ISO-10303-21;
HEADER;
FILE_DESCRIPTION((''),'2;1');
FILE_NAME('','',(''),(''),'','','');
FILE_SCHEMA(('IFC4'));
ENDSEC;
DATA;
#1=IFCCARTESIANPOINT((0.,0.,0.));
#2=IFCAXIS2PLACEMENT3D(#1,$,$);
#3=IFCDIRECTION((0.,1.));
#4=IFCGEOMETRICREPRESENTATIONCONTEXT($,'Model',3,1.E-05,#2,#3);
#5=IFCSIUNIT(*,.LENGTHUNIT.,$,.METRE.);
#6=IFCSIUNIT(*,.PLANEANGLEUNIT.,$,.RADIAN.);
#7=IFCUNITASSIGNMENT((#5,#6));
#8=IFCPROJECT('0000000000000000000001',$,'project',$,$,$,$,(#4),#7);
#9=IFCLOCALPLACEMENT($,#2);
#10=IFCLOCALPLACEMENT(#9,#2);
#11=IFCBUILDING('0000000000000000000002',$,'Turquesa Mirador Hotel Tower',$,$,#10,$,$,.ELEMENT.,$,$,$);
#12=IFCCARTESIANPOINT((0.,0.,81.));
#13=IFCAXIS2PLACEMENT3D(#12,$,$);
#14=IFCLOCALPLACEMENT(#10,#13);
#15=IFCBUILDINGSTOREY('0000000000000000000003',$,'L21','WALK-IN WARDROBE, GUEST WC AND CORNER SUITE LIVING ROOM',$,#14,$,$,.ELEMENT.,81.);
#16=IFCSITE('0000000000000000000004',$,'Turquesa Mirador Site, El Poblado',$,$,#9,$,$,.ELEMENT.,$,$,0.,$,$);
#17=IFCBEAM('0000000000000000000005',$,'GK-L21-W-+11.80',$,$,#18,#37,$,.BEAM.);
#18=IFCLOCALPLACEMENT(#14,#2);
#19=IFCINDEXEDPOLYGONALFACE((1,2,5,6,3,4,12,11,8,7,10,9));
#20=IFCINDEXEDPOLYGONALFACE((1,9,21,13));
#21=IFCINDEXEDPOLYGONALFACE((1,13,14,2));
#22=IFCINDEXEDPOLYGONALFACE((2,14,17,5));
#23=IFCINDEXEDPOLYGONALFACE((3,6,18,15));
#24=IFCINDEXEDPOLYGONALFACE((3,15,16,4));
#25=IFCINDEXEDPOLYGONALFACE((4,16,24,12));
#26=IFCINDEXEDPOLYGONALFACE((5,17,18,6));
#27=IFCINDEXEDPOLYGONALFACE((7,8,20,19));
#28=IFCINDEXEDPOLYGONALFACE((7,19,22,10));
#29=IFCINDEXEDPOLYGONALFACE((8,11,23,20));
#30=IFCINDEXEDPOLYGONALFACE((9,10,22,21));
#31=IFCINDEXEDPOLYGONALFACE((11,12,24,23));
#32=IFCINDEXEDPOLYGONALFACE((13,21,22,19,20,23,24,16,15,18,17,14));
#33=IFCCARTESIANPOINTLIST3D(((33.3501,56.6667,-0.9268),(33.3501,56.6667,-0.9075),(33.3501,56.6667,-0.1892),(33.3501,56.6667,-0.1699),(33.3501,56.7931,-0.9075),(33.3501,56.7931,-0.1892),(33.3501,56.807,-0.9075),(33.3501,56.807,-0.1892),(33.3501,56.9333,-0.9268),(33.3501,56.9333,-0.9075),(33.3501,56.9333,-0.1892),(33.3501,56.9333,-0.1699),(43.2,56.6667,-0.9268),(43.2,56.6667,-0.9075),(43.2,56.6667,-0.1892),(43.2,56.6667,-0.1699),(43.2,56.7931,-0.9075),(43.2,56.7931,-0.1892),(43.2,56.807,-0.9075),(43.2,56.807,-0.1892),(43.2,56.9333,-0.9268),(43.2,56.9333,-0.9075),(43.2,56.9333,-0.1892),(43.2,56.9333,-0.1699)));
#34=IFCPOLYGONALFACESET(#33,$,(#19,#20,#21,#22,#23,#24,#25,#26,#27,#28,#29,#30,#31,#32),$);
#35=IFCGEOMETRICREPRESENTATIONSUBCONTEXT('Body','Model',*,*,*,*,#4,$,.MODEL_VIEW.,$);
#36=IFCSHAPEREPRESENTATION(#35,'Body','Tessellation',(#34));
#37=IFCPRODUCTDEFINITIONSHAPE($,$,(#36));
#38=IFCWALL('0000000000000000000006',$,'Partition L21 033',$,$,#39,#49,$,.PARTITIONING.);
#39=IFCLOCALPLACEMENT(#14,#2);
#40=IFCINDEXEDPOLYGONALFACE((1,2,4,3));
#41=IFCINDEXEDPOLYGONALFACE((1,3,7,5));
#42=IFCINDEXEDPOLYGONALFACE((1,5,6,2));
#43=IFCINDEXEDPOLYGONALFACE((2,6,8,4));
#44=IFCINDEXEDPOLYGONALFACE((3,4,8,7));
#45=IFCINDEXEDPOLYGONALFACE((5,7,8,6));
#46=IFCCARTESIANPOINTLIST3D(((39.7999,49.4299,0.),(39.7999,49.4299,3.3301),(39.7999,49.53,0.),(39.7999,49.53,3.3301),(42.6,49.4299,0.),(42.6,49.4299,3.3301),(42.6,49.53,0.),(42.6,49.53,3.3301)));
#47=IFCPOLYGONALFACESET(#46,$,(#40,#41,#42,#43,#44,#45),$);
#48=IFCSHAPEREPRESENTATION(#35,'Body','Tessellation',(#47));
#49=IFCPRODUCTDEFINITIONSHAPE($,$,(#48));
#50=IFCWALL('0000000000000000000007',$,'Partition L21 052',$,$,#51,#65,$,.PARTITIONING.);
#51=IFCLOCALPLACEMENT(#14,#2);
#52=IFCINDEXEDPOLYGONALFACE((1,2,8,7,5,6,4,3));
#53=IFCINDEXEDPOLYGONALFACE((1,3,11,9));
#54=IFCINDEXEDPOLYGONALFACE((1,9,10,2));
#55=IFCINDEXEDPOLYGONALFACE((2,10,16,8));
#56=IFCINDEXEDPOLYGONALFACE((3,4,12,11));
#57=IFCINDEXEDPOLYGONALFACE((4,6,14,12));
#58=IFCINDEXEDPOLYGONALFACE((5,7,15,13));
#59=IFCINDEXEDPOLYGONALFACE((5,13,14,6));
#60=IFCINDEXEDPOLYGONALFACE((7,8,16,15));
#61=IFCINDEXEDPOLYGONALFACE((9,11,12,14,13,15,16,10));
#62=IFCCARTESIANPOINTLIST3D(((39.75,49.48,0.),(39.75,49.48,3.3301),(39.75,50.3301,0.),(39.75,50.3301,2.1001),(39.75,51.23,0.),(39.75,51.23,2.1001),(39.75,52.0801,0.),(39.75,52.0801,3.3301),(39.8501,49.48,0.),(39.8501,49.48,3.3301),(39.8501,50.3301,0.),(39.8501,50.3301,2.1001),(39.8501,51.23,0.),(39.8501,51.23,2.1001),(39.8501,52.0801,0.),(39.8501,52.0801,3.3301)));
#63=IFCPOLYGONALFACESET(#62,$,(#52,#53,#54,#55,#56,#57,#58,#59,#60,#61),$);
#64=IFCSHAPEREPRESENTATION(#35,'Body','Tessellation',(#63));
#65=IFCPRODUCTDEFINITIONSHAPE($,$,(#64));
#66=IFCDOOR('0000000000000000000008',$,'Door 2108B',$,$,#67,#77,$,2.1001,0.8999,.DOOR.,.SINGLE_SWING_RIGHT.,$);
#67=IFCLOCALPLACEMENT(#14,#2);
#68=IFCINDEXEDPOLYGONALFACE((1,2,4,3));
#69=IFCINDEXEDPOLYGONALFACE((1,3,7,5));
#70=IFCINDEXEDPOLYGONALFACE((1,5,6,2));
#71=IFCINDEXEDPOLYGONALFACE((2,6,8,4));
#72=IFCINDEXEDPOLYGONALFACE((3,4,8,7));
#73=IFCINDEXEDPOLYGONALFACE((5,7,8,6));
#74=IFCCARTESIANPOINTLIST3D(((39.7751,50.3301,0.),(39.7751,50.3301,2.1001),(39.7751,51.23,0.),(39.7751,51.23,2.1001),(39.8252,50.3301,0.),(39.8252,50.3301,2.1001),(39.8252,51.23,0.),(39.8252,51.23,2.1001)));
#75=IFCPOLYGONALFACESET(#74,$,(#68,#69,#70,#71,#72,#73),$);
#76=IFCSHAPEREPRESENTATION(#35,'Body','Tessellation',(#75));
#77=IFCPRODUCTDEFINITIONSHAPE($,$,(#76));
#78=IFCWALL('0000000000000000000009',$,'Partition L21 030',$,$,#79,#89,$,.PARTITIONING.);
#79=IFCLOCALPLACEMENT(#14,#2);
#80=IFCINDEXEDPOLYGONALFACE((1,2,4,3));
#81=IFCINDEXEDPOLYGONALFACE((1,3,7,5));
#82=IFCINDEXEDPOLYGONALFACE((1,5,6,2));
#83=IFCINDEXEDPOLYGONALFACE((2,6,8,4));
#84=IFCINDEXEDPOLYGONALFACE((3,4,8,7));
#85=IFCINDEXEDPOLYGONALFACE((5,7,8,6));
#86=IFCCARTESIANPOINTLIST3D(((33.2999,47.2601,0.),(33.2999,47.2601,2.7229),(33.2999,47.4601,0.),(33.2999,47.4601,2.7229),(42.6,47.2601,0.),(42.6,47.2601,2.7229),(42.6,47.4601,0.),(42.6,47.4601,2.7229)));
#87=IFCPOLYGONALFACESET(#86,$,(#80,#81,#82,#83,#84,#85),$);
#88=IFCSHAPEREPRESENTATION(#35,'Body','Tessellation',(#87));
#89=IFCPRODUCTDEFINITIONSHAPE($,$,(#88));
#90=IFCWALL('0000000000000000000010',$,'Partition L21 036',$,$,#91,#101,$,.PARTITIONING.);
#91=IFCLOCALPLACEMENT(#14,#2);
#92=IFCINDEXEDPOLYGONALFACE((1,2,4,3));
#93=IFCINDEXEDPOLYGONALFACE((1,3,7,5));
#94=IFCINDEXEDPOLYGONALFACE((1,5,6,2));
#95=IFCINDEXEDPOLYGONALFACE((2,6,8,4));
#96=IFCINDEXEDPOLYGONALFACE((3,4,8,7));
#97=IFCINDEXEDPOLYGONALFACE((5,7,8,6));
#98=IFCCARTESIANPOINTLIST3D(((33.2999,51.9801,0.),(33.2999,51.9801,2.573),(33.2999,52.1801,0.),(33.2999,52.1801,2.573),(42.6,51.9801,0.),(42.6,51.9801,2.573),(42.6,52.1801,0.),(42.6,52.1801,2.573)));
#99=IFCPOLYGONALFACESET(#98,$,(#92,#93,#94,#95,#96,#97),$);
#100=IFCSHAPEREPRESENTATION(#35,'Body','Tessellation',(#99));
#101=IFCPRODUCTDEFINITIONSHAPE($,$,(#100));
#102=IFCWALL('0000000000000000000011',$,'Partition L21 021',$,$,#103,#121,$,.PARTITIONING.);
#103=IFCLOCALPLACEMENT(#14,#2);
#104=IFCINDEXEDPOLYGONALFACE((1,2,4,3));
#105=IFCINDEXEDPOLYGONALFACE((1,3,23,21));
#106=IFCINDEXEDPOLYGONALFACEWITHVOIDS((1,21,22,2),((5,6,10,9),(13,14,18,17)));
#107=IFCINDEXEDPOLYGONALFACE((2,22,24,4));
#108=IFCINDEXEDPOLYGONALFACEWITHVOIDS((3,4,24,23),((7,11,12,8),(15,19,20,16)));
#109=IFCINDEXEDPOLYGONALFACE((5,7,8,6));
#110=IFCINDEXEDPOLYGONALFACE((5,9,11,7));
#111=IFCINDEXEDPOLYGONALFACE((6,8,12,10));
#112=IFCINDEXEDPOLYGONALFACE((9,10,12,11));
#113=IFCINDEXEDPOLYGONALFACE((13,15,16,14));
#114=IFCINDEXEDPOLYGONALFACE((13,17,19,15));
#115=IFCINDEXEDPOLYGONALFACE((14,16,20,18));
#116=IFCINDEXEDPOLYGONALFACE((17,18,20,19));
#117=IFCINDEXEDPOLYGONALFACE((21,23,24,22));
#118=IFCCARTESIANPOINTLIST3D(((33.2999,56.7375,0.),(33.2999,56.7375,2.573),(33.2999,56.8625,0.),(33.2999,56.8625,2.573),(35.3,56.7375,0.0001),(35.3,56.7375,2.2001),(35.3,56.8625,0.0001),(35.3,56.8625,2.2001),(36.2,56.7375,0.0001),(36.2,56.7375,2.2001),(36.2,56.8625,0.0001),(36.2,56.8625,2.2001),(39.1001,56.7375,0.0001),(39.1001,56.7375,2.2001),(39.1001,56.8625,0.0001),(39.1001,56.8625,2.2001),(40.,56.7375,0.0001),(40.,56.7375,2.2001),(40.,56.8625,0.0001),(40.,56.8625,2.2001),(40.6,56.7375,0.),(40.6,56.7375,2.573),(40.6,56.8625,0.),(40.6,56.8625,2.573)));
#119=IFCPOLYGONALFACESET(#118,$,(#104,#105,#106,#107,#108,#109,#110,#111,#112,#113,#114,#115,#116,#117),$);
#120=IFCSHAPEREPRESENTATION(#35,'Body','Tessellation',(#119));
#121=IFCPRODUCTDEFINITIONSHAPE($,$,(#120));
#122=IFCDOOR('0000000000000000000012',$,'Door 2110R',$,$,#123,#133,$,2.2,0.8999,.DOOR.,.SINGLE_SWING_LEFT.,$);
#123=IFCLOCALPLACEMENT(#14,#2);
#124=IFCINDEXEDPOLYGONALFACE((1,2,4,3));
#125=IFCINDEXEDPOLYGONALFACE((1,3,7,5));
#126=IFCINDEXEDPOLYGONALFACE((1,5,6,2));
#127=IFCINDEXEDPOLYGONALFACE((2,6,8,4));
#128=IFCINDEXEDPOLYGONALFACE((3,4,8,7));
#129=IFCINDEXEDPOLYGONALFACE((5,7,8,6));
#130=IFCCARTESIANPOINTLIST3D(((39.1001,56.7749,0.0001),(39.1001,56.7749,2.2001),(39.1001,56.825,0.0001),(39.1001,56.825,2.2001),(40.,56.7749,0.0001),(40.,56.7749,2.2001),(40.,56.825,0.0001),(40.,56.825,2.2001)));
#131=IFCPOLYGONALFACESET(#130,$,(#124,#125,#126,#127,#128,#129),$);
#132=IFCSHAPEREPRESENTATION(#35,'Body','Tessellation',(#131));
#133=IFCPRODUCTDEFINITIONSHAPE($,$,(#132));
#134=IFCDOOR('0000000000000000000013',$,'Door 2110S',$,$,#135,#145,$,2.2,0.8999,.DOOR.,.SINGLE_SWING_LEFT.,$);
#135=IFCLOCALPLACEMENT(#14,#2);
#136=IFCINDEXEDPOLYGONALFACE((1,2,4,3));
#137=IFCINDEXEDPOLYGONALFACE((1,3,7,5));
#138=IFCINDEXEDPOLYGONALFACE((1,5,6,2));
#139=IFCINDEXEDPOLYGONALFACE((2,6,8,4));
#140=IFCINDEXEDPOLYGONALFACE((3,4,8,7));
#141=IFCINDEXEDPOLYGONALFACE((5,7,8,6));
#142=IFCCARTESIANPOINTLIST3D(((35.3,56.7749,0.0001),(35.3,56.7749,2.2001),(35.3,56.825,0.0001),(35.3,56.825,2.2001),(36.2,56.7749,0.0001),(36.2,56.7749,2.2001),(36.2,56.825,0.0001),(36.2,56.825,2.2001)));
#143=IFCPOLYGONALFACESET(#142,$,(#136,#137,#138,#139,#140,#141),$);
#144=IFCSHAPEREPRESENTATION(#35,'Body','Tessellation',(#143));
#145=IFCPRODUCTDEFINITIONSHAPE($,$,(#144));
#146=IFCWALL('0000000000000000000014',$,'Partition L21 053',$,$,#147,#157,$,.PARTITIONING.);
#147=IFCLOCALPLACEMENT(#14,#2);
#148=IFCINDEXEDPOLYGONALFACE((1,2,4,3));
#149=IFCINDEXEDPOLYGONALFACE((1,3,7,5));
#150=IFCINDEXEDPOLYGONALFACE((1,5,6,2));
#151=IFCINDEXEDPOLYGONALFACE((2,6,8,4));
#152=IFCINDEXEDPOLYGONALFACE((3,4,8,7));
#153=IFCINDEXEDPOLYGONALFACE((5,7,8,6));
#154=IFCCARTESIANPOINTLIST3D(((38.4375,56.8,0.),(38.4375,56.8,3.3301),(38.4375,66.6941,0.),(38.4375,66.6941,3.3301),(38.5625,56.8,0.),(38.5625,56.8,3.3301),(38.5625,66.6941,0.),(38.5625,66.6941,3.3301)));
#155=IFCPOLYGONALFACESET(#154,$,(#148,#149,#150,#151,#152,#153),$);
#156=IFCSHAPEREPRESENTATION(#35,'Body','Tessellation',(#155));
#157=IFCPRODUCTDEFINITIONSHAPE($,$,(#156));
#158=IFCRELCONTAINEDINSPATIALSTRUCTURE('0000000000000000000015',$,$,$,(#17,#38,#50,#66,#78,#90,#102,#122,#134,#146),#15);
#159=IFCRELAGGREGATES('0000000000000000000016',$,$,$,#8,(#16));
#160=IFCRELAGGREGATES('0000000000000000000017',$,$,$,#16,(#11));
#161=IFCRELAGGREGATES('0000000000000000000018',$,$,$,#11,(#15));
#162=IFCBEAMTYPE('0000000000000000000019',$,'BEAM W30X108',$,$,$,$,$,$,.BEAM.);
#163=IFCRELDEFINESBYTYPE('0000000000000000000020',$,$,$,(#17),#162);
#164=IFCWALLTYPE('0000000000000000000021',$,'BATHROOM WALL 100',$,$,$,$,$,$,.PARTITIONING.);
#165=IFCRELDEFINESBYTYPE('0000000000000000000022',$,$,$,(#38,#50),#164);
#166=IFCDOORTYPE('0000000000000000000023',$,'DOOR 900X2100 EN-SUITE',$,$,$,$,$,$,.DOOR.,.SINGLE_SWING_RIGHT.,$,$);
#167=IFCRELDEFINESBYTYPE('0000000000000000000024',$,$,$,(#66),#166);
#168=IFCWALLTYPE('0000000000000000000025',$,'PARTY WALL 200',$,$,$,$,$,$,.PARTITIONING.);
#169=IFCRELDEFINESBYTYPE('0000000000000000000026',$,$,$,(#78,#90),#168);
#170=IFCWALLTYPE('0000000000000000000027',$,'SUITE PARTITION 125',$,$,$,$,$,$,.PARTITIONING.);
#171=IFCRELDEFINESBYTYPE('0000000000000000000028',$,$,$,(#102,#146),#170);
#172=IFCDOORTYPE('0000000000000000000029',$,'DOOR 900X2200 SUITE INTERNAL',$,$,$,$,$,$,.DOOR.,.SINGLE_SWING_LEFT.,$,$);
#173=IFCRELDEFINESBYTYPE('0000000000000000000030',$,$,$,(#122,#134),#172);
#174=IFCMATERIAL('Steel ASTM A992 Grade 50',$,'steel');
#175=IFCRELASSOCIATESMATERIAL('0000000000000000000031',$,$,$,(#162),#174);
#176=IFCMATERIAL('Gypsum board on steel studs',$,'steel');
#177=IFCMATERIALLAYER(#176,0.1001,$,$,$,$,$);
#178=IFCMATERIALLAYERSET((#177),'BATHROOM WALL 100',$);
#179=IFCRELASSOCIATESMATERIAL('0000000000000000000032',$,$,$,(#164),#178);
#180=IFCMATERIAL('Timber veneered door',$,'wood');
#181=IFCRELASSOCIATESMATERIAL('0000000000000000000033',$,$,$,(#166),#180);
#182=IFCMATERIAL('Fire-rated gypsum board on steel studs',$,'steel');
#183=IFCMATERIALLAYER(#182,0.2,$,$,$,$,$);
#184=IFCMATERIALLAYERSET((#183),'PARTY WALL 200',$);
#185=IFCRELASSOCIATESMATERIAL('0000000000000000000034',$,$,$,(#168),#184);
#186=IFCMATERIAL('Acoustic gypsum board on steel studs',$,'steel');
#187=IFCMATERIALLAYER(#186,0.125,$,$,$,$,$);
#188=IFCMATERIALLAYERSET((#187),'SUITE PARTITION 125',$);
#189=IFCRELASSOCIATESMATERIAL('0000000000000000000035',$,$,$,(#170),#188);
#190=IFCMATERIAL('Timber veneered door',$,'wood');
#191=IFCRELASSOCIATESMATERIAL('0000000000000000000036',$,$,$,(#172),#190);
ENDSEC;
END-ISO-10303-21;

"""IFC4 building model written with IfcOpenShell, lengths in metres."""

from ifc_helpers import new_model, si_unit, direction, frame, frame_2d, origin, origin_2d, place, context, subcontext, project, spatial, rectangle, i_section, extrude, material, layer, layer_set, material_profile, profile_set, type_object, element, fill, save


model = new_model("IFC4")

# Units and contexts
model_context = context("Model", 3, precision=1e-05, world=origin(), true_north=direction((0.0, 1.0)))
body_context = subcontext(model_context, "Body", "Model", "MODEL_VIEW")
ifc_project = project(units=[si_unit("LENGTHUNIT", "METRE"), si_unit("PLANEANGLEUNIT", "RADIAN")], contexts=[model_context])

# Site, building, storey
site_placement = place(None, origin())
site = spatial("IfcSite", under=ifc_project, at=site_placement, Name="Turquesa Mirador Site, El Poblado", CompositionType="ELEMENT", RefElevation=0.0)
building_placement = place(site_placement, origin())
building = spatial("IfcBuilding", under=site, at=building_placement, Name="Turquesa Mirador Hotel Tower", CompositionType="ELEMENT")
storey_placement = place(building_placement, frame((0.0, 0.0, 81.0)))
storey = spatial("IfcBuildingStorey", under=building, at=storey_placement, Name="L21", Description="WALK-IN WARDROBE, GUEST WC AND CORNER SUITE LIVING ROOM", CompositionType="ELEMENT", Elevation=81.0)

# Beam
ifc_material_1 = material(Name="Steel ASTM A992 Grade 50", Category="steel")
ifc_material_profile_1 = material_profile(ifc_material_1, i_section(OverallWidth=0.2666, OverallDepth=0.7568, WebThickness=0.0139, FlangeThickness=0.0193, at=origin_2d()), Name="W30X108")
ifc_profile_set_1 = profile_set([ifc_material_profile_1], Name="Steel ASTM A992 Grade 50")
beam_type_1 = type_object("IfcBeamType", Name="BEAM W30X108", PredefinedType="BEAM", material=ifc_profile_set_1)
beam_1_placement = place(storey_placement, frame((33.3501, 56.8, -0.5483), z_axis=(1.0, 0.0, 0.0), x_axis=(0.0, 1.0, 0.0)))
element("IfcBeam", 1, at=beam_1_placement, inside=storey, type_object=beam_type_1, Name="GK-L21-W-+11.80", PredefinedType="BEAM", context=body_context, shape_type="SweptSolid", body=[
    extrude(i_section(OverallWidth=0.2666, OverallDepth=0.7568, WebThickness=0.0139, FlangeThickness=0.0193, at=origin_2d()), origin(), (0.0, 0.0, 1.0), 9.8499),
])

# Wall
ifc_material_2 = material(Name="Gypsum board on steel studs", Category="steel")
ifc_layer_1 = layer(ifc_material_2, 0.1001)
ifc_layer_set_1 = layer_set([ifc_layer_1], Name="BATHROOM WALL 100")
wall_type_1 = type_object("IfcWallType", Name="BATHROOM WALL 100", PredefinedType="PARTITIONING", material=ifc_layer_set_1)
wall_1_placement = place(storey_placement, frame((39.8, 49.48, 0.0), z_axis=(0.0, 0.0, 1.0), x_axis=(1.0, 0.0, 0.0)))
element("IfcWall", 2, at=wall_1_placement, inside=storey, type_object=wall_type_1, Name="Partition L21 033", PredefinedType="PARTITIONING", context=body_context, shape_type="SweptSolid", body=[
    extrude(rectangle(XDim=2.8, YDim=0.1001, at=frame_2d((1.3999, 0.0))), origin(), (0.0, 0.0, 1.0), 3.3301),
])

# Wall, opening, door
wall_2_placement = place(storey_placement, frame((39.8, 49.48, 0.0), z_axis=(0.0, 0.0, 1.0), x_axis=(0.0, 1.0, 0.0)))
wall_2 = element("IfcWall", 3, at=wall_2_placement, inside=storey, type_object=wall_type_1, Name="Partition L21 052", PredefinedType="PARTITIONING", context=body_context, shape_type="SweptSolid", body=[
    extrude(rectangle(XDim=2.6001, YDim=0.1001, at=frame_2d((1.3, 0.0))), origin(), (0.0, 0.0, 1.0), 3.3301),
])
opening_1_placement = place(wall_2_placement, frame((0.8501, 0.0, 0.0)))
opening_1 = element("IfcOpeningElement", 4, at=opening_1_placement, cuts=wall_2, PredefinedType="OPENING", context=body_context, shape_type="SweptSolid", body=[
    extrude(rectangle(XDim=0.8999, YDim=2.1001, at=frame_2d((0.45, 1.05))), frame((0.0, 0.0601, 0.0), z_axis=(0.0, -1.0, 0.0), x_axis=(1.0, 0.0, 0.0)), (0.0, 0.0, 1.0), 0.1201),
])
ifc_material_3 = material(Name="Timber veneered door", Category="wood")
door_type_1 = type_object("IfcDoorType", Name="DOOR 900X2100 EN-SUITE", OperationType="SINGLE_SWING_RIGHT", PredefinedType="DOOR", material=ifc_material_3)
door_1_placement = place(opening_1_placement, origin())
door_1 = element("IfcDoor", 5, at=door_1_placement, inside=storey, type_object=door_type_1, Name="Door 2108B", OperationType="SINGLE_SWING_RIGHT", OverallHeight=2.1001, OverallWidth=0.8999, PredefinedType="DOOR", context=body_context, shape_type="SweptSolid", body=[
    extrude(rectangle(XDim=0.8999, YDim=2.1001, at=frame_2d((0.45, 1.05))), frame((0.0, 0.0249, 0.0), z_axis=(0.0, -1.0, 0.0), x_axis=(1.0, 0.0, 0.0)), (0.0, 0.0, 1.0), 0.05),
])
fill(opening_1, door_1)

# Walls
ifc_material_4 = material(Name="Fire-rated gypsum board on steel studs", Category="steel")
ifc_layer_2 = layer(ifc_material_4, 0.2)
ifc_layer_set_2 = layer_set([ifc_layer_2], Name="PARTY WALL 200")
wall_type_2 = type_object("IfcWallType", Name="PARTY WALL 200", PredefinedType="PARTITIONING", material=ifc_layer_set_2)
wall_3_placement = place(storey_placement, frame((33.3, 47.3601, 0.0), z_axis=(0.0, 0.0, 1.0), x_axis=(1.0, 0.0, 0.0)))
element("IfcWall", 6, at=wall_3_placement, inside=storey, type_object=wall_type_2, Name="Partition L21 030", PredefinedType="PARTITIONING", context=body_context, shape_type="SweptSolid", body=[
    extrude(rectangle(XDim=9.3, YDim=0.2, at=frame_2d((4.6499, 0.0))), origin(), (0.0, 0.0, 1.0), 2.7229),
])
wall_4_placement = place(storey_placement, frame((33.3, 52.0801, 0.0), z_axis=(0.0, 0.0, 1.0), x_axis=(1.0, 0.0, 0.0)))
element("IfcWall", 7, at=wall_4_placement, inside=storey, type_object=wall_type_2, Name="Partition L21 036", PredefinedType="PARTITIONING", context=body_context, shape_type="SweptSolid", body=[
    extrude(rectangle(XDim=9.3, YDim=0.2, at=frame_2d((4.6499, 0.0))), origin(), (0.0, 0.0, 1.0), 2.573),
])

# Wall, openings, doors
ifc_material_5 = material(Name="Acoustic gypsum board on steel studs", Category="steel")
ifc_layer_3 = layer(ifc_material_5, 0.125)
ifc_layer_set_3 = layer_set([ifc_layer_3], Name="SUITE PARTITION 125")
wall_type_3 = type_object("IfcWallType", Name="SUITE PARTITION 125", PredefinedType="PARTITIONING", material=ifc_layer_set_3)
wall_5_placement = place(storey_placement, frame((33.3, 56.8, 0.0), z_axis=(0.0, 0.0, 1.0), x_axis=(1.0, 0.0, 0.0)))
wall_5 = element("IfcWall", 8, at=wall_5_placement, inside=storey, type_object=wall_type_3, Name="Partition L21 021", PredefinedType="PARTITIONING", context=body_context, shape_type="SweptSolid", body=[
    extrude(rectangle(XDim=7.3, YDim=0.125, at=frame_2d((3.6499, 0.0))), origin(), (0.0, 0.0, 1.0), 2.573),
])
opening_2_placement = place(wall_5_placement, frame((5.8, 0.0, 0.0)))
opening_2 = element("IfcOpeningElement", 9, at=opening_2_placement, cuts=wall_5, PredefinedType="OPENING", context=body_context, shape_type="SweptSolid", body=[
    extrude(rectangle(XDim=0.8999, YDim=2.2, at=frame_2d((0.45, 1.1001))), frame((0.0, 0.0725, 0.0), z_axis=(0.0, -1.0, 0.0), x_axis=(1.0, 0.0, 0.0)), (0.0, 0.0, 1.0), 0.145),
])
opening_3_placement = place(wall_5_placement, frame((2.0, 0.0, 0.0)))
opening_3 = element("IfcOpeningElement", 10, at=opening_3_placement, cuts=wall_5, PredefinedType="OPENING", context=body_context, shape_type="SweptSolid", body=[
    extrude(rectangle(XDim=0.8999, YDim=2.2, at=frame_2d((0.45, 1.1001))), frame((0.0, 0.0725, 0.0), z_axis=(0.0, -1.0, 0.0), x_axis=(1.0, 0.0, 0.0)), (0.0, 0.0, 1.0), 0.145),
])
ifc_material_6 = material(Name="Timber veneered door", Category="wood")
door_type_2 = type_object("IfcDoorType", Name="DOOR 900X2200 SUITE INTERNAL", OperationType="SINGLE_SWING_LEFT", PredefinedType="DOOR", material=ifc_material_6)
door_2_placement = place(opening_2_placement, origin())
door_2 = element("IfcDoor", 11, at=door_2_placement, inside=storey, type_object=door_type_2, Name="Door 2110R", OperationType="SINGLE_SWING_LEFT", OverallHeight=2.2, OverallWidth=0.8999, PredefinedType="DOOR", context=body_context, shape_type="SweptSolid", body=[
    extrude(rectangle(XDim=0.8999, YDim=2.2, at=frame_2d((0.45, 1.1001))), frame((0.0, 0.0249, 0.0), z_axis=(0.0, -1.0, 0.0), x_axis=(1.0, 0.0, 0.0)), (0.0, 0.0, 1.0), 0.05),
])
fill(opening_2, door_2)
door_3_placement = place(opening_3_placement, origin())
door_3 = element("IfcDoor", 12, at=door_3_placement, inside=storey, type_object=door_type_2, Name="Door 2110S", OperationType="SINGLE_SWING_LEFT", OverallHeight=2.2, OverallWidth=0.8999, PredefinedType="DOOR", context=body_context, shape_type="SweptSolid", body=[
    extrude(rectangle(XDim=0.8999, YDim=2.2, at=frame_2d((0.45, 1.1001))), frame((0.0, 0.0249, 0.0), z_axis=(0.0, -1.0, 0.0), x_axis=(1.0, 0.0, 0.0)), (0.0, 0.0, 1.0), 0.05),
])
fill(opening_3, door_3)

# Wall
wall_6_placement = place(storey_placement, frame((38.5, 56.8, 0.0), z_axis=(0.0, 0.0, 1.0), x_axis=(0.0, 1.0, 0.0)))
element("IfcWall", 13, at=wall_6_placement, inside=storey, type_object=wall_type_3, Name="Partition L21 053", PredefinedType="PARTITIONING", context=body_context, shape_type="SweptSolid", body=[
    extrude(rectangle(XDim=9.894, YDim=0.125, at=frame_2d((4.947, 0.0))), origin(), (0.0, 0.0, 1.0), 3.3301),
])

save(model, "model.ifc")
